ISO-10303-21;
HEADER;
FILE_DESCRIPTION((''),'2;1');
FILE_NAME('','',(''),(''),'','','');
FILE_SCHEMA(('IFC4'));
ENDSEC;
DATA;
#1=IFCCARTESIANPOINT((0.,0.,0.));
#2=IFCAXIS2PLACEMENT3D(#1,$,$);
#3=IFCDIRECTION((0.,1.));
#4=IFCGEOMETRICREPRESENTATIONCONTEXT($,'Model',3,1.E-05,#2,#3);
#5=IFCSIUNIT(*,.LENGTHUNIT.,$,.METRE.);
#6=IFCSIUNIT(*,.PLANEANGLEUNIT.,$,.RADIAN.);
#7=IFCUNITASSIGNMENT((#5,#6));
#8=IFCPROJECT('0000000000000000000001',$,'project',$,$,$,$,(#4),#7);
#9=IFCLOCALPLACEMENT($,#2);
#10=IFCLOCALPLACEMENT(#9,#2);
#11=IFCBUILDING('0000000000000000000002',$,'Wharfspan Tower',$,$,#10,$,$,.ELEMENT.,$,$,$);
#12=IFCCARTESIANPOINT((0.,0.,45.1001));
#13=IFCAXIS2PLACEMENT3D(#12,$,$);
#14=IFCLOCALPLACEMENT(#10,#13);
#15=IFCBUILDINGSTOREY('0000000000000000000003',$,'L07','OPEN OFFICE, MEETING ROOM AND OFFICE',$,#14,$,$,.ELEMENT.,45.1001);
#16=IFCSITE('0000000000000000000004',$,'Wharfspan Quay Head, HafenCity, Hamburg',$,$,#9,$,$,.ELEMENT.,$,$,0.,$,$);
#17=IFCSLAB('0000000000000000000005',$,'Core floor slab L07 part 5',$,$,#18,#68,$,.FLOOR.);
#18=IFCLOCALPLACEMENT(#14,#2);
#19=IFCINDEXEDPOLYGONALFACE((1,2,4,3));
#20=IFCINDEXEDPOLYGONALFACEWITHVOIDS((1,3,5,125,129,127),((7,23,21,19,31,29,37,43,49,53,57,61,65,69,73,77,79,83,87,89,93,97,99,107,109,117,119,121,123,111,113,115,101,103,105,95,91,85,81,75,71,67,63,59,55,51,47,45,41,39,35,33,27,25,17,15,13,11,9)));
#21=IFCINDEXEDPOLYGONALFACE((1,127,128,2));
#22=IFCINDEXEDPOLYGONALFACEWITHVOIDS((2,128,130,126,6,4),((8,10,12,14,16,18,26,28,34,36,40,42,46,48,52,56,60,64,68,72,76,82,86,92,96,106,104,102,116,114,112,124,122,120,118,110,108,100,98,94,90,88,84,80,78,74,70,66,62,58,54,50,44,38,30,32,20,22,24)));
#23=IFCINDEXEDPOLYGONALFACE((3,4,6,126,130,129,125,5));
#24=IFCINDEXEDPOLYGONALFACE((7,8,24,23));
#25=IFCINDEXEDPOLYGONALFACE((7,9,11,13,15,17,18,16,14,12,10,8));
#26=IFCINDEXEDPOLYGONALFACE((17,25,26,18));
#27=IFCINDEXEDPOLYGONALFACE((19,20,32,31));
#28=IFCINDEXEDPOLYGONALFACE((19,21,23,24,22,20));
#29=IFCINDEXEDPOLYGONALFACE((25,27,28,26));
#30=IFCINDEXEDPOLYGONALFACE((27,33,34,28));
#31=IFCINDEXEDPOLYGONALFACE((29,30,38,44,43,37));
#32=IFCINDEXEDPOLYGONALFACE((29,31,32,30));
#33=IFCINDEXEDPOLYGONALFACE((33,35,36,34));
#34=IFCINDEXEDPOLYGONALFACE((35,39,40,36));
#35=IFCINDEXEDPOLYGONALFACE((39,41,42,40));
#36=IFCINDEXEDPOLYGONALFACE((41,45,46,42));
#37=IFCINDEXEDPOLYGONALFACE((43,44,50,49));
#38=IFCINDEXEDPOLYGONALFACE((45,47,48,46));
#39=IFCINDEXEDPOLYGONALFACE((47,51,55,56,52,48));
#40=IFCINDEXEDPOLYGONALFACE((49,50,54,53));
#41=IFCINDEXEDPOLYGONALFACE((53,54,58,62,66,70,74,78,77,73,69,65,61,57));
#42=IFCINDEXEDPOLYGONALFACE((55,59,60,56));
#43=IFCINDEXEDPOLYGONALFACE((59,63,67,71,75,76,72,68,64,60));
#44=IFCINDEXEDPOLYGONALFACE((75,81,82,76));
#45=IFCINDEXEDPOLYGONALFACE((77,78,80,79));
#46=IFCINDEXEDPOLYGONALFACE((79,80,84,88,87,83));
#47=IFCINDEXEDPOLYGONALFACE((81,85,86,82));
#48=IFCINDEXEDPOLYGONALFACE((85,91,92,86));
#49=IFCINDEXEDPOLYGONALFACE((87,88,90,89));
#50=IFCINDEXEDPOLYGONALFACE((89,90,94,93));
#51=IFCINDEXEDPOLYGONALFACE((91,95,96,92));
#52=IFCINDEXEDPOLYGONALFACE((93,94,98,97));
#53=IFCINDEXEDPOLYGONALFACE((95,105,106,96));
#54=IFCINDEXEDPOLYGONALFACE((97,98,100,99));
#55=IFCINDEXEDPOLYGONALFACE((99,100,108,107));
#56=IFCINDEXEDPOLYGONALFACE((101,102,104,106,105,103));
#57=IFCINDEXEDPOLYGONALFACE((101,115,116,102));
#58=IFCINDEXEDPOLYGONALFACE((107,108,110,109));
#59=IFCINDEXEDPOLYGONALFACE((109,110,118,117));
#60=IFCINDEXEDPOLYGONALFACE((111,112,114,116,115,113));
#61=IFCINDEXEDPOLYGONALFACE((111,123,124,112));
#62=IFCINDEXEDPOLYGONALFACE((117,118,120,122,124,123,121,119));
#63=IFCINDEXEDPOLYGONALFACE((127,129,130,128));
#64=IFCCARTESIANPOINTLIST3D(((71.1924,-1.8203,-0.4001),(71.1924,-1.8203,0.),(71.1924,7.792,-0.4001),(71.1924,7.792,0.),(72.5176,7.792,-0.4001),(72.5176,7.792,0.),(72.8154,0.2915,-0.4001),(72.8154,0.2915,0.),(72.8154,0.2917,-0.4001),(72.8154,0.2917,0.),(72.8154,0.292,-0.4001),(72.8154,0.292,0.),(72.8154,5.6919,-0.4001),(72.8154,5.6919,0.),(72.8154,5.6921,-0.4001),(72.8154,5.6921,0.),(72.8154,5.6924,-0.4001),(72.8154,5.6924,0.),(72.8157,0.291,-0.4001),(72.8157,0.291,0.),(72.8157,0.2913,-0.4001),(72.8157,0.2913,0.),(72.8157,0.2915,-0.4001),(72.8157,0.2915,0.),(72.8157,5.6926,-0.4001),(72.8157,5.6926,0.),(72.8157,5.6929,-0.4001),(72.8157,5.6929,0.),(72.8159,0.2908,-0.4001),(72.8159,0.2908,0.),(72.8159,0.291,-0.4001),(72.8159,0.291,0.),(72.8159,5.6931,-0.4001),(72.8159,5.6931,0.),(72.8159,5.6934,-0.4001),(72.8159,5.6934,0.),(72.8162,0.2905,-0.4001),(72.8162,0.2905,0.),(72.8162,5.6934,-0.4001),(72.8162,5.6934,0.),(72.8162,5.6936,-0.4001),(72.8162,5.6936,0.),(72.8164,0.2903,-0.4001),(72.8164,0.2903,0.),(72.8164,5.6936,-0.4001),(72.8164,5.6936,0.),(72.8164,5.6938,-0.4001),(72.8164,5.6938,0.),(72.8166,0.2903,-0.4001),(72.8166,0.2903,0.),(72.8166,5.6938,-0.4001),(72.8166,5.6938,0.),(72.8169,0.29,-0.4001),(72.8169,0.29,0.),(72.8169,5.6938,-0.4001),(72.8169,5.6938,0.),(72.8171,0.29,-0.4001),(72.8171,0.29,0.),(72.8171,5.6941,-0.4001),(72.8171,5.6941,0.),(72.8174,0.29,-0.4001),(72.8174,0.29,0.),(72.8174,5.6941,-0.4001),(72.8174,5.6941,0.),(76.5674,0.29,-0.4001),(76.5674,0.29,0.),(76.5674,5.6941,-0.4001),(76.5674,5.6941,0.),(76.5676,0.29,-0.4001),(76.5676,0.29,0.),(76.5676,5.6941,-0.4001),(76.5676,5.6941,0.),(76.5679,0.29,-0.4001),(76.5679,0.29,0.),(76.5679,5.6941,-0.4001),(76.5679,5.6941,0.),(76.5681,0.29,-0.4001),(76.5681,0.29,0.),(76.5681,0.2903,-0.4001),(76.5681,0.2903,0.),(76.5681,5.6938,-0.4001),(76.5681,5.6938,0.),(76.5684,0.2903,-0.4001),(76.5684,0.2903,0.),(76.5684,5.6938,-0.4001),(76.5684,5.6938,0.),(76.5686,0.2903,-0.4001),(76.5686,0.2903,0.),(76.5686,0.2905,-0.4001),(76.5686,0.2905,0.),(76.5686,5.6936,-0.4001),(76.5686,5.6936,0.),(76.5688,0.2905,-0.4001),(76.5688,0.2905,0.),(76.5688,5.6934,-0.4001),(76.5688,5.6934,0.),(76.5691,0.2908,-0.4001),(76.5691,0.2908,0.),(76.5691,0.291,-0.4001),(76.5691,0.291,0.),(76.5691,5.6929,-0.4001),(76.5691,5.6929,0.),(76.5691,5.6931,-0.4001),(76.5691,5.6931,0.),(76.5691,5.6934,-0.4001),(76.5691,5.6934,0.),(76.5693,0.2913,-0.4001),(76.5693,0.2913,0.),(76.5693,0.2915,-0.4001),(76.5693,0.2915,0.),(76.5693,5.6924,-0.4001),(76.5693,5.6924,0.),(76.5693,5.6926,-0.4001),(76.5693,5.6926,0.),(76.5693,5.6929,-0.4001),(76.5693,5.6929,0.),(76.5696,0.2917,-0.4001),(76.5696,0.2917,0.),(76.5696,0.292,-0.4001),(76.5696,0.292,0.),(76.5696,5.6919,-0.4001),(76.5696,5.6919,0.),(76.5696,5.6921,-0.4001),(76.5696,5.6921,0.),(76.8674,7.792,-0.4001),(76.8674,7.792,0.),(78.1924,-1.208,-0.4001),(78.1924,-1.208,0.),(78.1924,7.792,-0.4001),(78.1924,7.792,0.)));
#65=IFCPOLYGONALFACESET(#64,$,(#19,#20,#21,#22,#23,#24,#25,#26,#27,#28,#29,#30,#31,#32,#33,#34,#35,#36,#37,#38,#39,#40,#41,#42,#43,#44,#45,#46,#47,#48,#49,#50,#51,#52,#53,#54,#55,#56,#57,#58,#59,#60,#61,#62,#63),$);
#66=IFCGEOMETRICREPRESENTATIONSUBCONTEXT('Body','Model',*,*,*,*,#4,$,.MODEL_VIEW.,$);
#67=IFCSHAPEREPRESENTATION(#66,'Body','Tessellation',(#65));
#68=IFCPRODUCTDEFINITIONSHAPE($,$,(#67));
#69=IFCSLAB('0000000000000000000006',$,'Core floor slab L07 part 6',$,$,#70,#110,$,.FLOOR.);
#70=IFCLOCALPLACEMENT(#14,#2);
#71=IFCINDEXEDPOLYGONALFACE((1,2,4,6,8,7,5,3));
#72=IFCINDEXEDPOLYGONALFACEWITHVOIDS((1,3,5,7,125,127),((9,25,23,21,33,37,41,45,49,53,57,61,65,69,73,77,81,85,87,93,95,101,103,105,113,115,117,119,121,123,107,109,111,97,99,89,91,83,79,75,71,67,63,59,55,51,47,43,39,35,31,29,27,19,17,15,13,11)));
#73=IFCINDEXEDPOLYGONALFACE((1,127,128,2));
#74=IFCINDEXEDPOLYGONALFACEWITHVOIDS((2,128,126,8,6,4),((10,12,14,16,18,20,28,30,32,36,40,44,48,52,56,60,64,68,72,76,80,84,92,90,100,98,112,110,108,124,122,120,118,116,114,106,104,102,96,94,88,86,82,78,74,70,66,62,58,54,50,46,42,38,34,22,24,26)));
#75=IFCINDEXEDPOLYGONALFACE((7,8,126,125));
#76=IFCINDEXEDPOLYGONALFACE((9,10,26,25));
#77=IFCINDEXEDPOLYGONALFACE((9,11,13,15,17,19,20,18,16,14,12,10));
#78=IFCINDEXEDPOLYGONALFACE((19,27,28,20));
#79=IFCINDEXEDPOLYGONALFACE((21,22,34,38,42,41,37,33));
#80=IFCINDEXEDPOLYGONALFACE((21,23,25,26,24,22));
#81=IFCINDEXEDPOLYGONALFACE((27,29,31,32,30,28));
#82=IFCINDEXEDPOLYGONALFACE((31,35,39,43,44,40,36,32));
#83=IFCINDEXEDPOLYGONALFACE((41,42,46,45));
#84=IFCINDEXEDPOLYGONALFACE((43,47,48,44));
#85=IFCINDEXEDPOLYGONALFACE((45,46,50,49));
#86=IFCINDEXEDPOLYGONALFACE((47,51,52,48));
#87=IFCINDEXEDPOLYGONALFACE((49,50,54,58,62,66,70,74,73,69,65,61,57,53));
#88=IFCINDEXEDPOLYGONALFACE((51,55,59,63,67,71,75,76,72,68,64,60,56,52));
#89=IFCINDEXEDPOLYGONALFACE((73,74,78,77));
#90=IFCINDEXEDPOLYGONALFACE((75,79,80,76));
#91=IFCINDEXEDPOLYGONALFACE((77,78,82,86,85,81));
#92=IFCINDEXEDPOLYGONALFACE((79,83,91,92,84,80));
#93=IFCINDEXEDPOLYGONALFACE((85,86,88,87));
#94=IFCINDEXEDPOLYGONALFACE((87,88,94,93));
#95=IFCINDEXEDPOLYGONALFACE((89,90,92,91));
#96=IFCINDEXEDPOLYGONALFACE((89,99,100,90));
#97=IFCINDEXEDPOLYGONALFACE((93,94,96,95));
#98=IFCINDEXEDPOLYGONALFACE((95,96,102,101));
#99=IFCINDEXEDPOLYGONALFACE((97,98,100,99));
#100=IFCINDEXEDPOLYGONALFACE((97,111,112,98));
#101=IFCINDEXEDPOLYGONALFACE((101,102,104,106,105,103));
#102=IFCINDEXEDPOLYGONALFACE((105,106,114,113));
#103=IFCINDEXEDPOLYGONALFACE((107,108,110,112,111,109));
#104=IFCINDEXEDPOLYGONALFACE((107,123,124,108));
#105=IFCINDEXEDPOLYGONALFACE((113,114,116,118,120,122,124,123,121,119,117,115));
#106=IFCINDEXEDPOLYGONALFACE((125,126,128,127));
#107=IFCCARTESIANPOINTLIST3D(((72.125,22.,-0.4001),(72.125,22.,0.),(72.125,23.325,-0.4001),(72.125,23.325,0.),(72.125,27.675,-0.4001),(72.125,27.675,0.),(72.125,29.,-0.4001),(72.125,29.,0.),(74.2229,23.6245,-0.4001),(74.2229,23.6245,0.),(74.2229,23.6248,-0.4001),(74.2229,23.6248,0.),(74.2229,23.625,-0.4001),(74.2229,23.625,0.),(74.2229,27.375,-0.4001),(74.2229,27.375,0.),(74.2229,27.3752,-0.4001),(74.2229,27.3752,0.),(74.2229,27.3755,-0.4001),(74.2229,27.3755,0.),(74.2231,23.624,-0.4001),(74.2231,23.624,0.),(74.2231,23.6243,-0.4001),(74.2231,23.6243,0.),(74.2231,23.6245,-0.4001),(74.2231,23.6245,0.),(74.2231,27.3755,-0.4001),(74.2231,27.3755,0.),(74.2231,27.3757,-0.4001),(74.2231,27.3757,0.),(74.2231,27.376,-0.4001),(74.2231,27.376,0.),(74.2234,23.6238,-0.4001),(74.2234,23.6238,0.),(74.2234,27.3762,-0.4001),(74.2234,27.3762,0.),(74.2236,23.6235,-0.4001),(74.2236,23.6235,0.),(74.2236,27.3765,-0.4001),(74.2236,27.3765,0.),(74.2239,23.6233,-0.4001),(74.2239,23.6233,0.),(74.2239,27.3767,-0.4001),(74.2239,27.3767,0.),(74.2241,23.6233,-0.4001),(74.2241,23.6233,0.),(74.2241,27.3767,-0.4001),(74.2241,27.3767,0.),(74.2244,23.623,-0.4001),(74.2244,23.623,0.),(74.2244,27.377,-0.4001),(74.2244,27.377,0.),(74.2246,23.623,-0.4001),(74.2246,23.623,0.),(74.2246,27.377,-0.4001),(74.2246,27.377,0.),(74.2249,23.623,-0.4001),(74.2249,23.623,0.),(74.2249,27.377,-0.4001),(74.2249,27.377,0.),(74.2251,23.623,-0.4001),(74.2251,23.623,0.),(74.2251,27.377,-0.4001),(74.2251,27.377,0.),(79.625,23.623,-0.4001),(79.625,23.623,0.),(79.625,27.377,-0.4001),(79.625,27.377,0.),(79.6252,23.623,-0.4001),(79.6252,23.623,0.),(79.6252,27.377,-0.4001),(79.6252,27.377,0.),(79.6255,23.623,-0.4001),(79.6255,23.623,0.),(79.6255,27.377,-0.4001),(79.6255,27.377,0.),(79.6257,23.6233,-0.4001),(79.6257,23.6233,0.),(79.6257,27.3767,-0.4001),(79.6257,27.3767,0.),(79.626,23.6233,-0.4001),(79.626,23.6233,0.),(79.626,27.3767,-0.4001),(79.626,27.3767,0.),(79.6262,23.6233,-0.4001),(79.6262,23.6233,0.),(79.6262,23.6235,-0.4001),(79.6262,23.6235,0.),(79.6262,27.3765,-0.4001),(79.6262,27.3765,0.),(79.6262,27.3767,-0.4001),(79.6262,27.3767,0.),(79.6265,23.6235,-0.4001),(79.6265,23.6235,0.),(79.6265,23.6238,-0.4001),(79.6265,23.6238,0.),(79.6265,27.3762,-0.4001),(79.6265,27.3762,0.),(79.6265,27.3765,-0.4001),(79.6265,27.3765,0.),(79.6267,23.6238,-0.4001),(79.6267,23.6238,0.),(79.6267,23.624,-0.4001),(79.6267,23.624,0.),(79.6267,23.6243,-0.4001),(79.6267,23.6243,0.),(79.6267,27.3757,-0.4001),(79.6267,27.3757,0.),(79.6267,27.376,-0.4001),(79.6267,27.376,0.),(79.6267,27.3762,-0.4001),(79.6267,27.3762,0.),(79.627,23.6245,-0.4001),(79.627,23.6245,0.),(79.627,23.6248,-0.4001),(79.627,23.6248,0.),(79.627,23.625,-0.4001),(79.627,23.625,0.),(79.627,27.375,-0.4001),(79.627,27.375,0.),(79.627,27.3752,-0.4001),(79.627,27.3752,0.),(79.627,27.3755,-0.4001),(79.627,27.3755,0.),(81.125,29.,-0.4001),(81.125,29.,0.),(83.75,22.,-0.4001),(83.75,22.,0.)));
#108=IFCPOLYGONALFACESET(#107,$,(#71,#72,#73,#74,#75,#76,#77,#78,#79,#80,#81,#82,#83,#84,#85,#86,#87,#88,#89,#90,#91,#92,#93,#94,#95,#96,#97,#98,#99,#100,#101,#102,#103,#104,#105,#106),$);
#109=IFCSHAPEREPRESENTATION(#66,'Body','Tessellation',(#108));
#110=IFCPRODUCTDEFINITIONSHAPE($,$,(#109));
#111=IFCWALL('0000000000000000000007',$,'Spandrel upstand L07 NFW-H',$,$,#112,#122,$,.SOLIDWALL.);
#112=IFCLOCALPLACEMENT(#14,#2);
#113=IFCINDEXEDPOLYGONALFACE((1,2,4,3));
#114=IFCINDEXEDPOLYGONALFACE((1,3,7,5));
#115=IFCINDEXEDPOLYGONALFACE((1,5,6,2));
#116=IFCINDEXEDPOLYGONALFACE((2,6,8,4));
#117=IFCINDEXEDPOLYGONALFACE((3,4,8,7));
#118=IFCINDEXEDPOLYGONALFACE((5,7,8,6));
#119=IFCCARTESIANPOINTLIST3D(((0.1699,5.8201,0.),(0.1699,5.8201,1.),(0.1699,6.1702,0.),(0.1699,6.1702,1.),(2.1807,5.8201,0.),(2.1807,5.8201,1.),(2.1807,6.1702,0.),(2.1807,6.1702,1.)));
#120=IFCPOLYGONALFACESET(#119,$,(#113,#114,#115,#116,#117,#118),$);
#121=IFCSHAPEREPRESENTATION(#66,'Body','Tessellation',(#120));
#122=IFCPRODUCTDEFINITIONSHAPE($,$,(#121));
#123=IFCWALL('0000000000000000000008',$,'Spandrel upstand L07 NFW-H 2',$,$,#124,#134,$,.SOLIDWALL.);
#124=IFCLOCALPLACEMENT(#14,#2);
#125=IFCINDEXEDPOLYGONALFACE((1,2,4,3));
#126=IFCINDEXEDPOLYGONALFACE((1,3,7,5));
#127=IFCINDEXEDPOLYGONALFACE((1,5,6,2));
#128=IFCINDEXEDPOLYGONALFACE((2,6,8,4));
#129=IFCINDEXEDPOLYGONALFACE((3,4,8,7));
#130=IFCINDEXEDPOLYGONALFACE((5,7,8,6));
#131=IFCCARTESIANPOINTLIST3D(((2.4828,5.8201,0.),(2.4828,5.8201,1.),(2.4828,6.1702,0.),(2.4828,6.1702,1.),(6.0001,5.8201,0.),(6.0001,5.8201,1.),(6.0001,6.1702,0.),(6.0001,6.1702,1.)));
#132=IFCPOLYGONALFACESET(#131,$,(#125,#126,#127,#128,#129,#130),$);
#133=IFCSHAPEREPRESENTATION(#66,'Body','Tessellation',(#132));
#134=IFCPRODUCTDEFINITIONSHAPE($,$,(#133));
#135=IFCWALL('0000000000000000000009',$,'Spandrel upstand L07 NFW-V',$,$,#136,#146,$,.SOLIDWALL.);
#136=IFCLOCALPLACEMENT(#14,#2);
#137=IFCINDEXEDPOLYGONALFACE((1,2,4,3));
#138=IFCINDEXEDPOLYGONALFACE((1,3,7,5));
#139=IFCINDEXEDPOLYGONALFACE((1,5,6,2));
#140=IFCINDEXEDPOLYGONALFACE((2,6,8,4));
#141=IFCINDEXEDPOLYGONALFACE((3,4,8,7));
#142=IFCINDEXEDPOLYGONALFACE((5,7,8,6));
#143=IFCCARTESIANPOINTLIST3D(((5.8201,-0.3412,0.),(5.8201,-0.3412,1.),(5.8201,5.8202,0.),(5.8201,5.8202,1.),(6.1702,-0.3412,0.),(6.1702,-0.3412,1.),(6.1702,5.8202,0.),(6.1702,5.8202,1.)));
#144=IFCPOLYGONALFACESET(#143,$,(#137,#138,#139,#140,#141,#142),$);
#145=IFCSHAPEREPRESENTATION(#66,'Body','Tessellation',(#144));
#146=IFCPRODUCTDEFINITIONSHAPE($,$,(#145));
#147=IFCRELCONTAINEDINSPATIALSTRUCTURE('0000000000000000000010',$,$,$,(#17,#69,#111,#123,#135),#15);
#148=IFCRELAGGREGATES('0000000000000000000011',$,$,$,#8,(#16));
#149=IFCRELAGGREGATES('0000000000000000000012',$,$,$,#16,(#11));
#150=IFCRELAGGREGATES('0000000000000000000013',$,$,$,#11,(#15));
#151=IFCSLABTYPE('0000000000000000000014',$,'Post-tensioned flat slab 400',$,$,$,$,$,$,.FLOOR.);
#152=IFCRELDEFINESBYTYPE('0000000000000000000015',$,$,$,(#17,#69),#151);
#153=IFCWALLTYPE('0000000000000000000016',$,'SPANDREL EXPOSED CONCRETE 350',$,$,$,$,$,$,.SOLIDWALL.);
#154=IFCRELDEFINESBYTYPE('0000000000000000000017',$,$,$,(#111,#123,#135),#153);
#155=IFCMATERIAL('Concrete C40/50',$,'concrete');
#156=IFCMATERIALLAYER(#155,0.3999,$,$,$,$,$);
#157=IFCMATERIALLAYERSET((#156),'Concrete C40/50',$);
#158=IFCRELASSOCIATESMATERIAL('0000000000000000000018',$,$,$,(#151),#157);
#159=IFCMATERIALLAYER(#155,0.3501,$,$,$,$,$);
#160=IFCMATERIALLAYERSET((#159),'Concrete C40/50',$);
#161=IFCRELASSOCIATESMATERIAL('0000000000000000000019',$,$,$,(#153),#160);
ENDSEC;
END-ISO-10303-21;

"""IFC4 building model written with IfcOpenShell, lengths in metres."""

from ifc_helpers import new_model, si_unit, direction, frame, frame_2d, origin, place, context, subcontext, project, spatial, polyline, rectangle, outline, extrude, material, layer, layer_set, type_object, element, save


model = new_model("IFC4")

# Units and contexts
model_context = context("Model", 3, precision=1e-05, world=origin(), true_north=direction((0.0, 1.0)))
body_context = subcontext(model_context, "Body", "Model", "MODEL_VIEW")
ifc_project = project(units=[si_unit("LENGTHUNIT", "METRE"), si_unit("PLANEANGLEUNIT", "RADIAN")], contexts=[model_context])

# Site, building, storey
site_placement = place(None, origin())
site = spatial("IfcSite", under=ifc_project, at=site_placement, Name="Wharfspan Quay Head, HafenCity, Hamburg", CompositionType="ELEMENT", RefElevation=0.0)
building_placement = place(site_placement, origin())
building = spatial("IfcBuilding", under=site, at=building_placement, Name="Wharfspan Tower", CompositionType="ELEMENT")
storey_placement = place(building_placement, frame((0.0, 0.0, 45.1001)))
storey = spatial("IfcBuildingStorey", under=building, at=storey_placement, Name="L07", Description="OPEN OFFICE, MEETING ROOM AND OFFICE", CompositionType="ELEMENT", Elevation=45.1001)

# Slabs
ifc_material_1 = material(Name="Concrete C40/50", Category="concrete")
ifc_layer_1 = layer(ifc_material_1, 0.3999)
ifc_layer_set_1 = layer_set([ifc_layer_1], Name="Concrete C40/50")
slab_type = type_object("IfcSlabType", Name="Post-tensioned flat slab 400", PredefinedType="FLOOR", material=ifc_layer_set_1)
slab_1_placement = place(storey_placement, frame((0.0, 0.0, -0.4001)))
element("IfcSlab", 1, at=slab_1_placement, inside=storey, type_object=slab_type, Name="Core floor slab L07 part 5", PredefinedType="FLOOR", context=body_context, shape_type="SweptSolid", body=[
    extrude(outline(polyline([(78.1924, 7.792), (76.8674, 7.792), (72.5176, 7.792), (71.1924, 7.792), (71.1924, -1.8203), (78.1924, -1.208), (78.1924, 7.792)]), holes=[polyline([(76.5674, 5.6941), (76.5676, 5.6941), (76.5679, 5.6941), (76.5681, 5.6938), (76.5681, 5.6938), (76.5684, 5.6938), (76.5686, 5.6936), (76.5686, 5.6936), (76.5688, 5.6934), (76.5691, 5.6934), (76.5691, 5.6931), (76.5691, 5.6929), (76.5693, 5.6929), (76.5693, 5.6926), (76.5693, 5.6924), (76.5696, 5.6921), (76.5696, 5.6919), (76.5696, 0.292), (76.5696, 0.2917), (76.5693, 0.2915), (76.5693, 0.2915), (76.5693, 0.2913), (76.5691, 0.291), (76.5691, 0.291), (76.5691, 0.2908), (76.5688, 0.2905), (76.5686, 0.2905), (76.5686, 0.2903), (76.5684, 0.2903), (76.5681, 0.2903), (76.5681, 0.29), (76.5679, 0.29), (76.5676, 0.29), (76.5674, 0.29), (72.8174, 0.29), (72.8174, 0.29), (72.8171, 0.29), (72.8169, 0.29), (72.8166, 0.2903), (72.8164, 0.2903), (72.8164, 0.2903), (72.8162, 0.2905), (72.8162, 0.2905), (72.8159, 0.2908), (72.8159, 0.291), (72.8157, 0.291), (72.8157, 0.2913), (72.8157, 0.2915), (72.8154, 0.2915), (72.8154, 0.2917), (72.8154, 0.292), (72.8154, 5.6919), (72.8154, 5.6921), (72.8154, 5.6924), (72.8157, 5.6926), (72.8157, 5.6929), (72.8157, 5.6929), (72.8159, 5.6931), (72.8159, 5.6934), (72.8162, 5.6934), (72.8162, 5.6936), (72.8164, 5.6936), (72.8164, 5.6938), (72.8166, 5.6938), (72.8169, 5.6938), (72.8171, 5.6941), (72.8174, 5.6941), (72.8174, 5.6941), (76.5674, 5.6941)])]), origin(), (0.0, 0.0, 1.0), 0.4001),
])
slab_2_placement = place(storey_placement, frame((0.0, 0.0, -0.4001)))
element("IfcSlab", 2, at=slab_2_placement, inside=storey, type_object=slab_type, Name="Core floor slab L07 part 6", PredefinedType="FLOOR", context=body_context, shape_type="SweptSolid", body=[
    extrude(outline(polyline([(81.125, 29.0), (72.125, 29.0), (72.125, 27.675), (72.125, 23.325), (72.125, 22.0), (83.75, 22.0), (81.125, 29.0)]), holes=[polyline([(74.2229, 27.375), (74.2229, 27.3752), (74.2229, 27.3755), (74.2231, 27.3755), (74.2231, 27.3757), (74.2231, 27.376), (74.2234, 27.3762), (74.2234, 27.3762), (74.2236, 27.3765), (74.2236, 27.3765), (74.2239, 27.3767), (74.2241, 27.3767), (74.2241, 27.3767), (74.2244, 27.377), (74.2246, 27.377), (74.2249, 27.377), (74.2251, 27.377), (79.625, 27.377), (79.6252, 27.377), (79.6255, 27.377), (79.6255, 27.377), (79.6257, 27.3767), (79.626, 27.3767), (79.6262, 27.3767), (79.6262, 27.3765), (79.6265, 27.3765), (79.6265, 27.3762), (79.6267, 27.3762), (79.6267, 27.376), (79.6267, 27.3757), (79.627, 27.3755), (79.627, 27.3755), (79.627, 27.3752), (79.627, 27.375), (79.627, 23.625), (79.627, 23.6248), (79.627, 23.6245), (79.627, 23.6245), (79.6267, 23.6243), (79.6267, 23.624), (79.6267, 23.6238), (79.6265, 23.6238), (79.6265, 23.6235), (79.6262, 23.6235), (79.6262, 23.6233), (79.626, 23.6233), (79.6257, 23.6233), (79.6255, 23.623), (79.6255, 23.623), (79.6252, 23.623), (79.625, 23.623), (74.2251, 23.623), (74.2249, 23.623), (74.2246, 23.623), (74.2244, 23.623), (74.2241, 23.6233), (74.2241, 23.6233), (74.2239, 23.6233), (74.2236, 23.6235), (74.2236, 23.6235), (74.2234, 23.6238), (74.2234, 23.6238), (74.2231, 23.624), (74.2231, 23.6243), (74.2231, 23.6245), (74.2229, 23.6245), (74.2229, 23.6248), (74.2229, 23.625), (74.2229, 27.375)])]), origin(), (0.0, 0.0, 1.0), 0.4001),
])

# Walls
ifc_layer_2 = layer(ifc_material_1, 0.3501)
ifc_layer_set_2 = layer_set([ifc_layer_2], Name="Concrete C40/50")
wall_type = type_object("IfcWallType", Name="SPANDREL EXPOSED CONCRETE 350", PredefinedType="SOLIDWALL", material=ifc_layer_set_2)
wall_1_placement = place(storey_placement, frame((0.1699, 5.9951, 0.0), z_axis=(0.0, 0.0, 1.0), x_axis=(1.0, 0.0, 0.0)))
element("IfcWall", 3, at=wall_1_placement, inside=storey, type_object=wall_type, Name="Spandrel upstand L07 NFW-H", PredefinedType="SOLIDWALL", context=body_context, shape_type="SweptSolid", body=[
    extrude(rectangle(XDim=2.0107, YDim=0.3501, at=frame_2d((1.0054, 0.0))), origin(), (0.0, 0.0, 1.0), 1.0),
])
wall_2_placement = place(storey_placement, frame((2.4827, 5.9951, 0.0), z_axis=(0.0, 0.0, 1.0), x_axis=(1.0, 0.0, 0.0)))
element("IfcWall", 4, at=wall_2_placement, inside=storey, type_object=wall_type, Name="Spandrel upstand L07 NFW-H 2", PredefinedType="SOLIDWALL", context=body_context, shape_type="SweptSolid", body=[
    extrude(rectangle(XDim=3.5173, YDim=0.3501, at=frame_2d((1.7588, 0.0))), origin(), (0.0, 0.0, 1.0), 1.0),
])
wall_3_placement = place(storey_placement, frame((5.9951, 5.8201, 0.0), z_axis=(0.0, 0.0, 1.0), x_axis=(0.0, -1.0, 0.0)))
element("IfcWall", 5, at=wall_3_placement, inside=storey, type_object=wall_type, Name="Spandrel upstand L07 NFW-V", PredefinedType="SOLIDWALL", context=body_context, shape_type="SweptSolid", body=[
    extrude(rectangle(XDim=6.1614, YDim=0.3501, at=frame_2d((3.0806, 0.0))), origin(), (0.0, 0.0, 1.0), 1.0),
])

save(model, "model.ifc")
